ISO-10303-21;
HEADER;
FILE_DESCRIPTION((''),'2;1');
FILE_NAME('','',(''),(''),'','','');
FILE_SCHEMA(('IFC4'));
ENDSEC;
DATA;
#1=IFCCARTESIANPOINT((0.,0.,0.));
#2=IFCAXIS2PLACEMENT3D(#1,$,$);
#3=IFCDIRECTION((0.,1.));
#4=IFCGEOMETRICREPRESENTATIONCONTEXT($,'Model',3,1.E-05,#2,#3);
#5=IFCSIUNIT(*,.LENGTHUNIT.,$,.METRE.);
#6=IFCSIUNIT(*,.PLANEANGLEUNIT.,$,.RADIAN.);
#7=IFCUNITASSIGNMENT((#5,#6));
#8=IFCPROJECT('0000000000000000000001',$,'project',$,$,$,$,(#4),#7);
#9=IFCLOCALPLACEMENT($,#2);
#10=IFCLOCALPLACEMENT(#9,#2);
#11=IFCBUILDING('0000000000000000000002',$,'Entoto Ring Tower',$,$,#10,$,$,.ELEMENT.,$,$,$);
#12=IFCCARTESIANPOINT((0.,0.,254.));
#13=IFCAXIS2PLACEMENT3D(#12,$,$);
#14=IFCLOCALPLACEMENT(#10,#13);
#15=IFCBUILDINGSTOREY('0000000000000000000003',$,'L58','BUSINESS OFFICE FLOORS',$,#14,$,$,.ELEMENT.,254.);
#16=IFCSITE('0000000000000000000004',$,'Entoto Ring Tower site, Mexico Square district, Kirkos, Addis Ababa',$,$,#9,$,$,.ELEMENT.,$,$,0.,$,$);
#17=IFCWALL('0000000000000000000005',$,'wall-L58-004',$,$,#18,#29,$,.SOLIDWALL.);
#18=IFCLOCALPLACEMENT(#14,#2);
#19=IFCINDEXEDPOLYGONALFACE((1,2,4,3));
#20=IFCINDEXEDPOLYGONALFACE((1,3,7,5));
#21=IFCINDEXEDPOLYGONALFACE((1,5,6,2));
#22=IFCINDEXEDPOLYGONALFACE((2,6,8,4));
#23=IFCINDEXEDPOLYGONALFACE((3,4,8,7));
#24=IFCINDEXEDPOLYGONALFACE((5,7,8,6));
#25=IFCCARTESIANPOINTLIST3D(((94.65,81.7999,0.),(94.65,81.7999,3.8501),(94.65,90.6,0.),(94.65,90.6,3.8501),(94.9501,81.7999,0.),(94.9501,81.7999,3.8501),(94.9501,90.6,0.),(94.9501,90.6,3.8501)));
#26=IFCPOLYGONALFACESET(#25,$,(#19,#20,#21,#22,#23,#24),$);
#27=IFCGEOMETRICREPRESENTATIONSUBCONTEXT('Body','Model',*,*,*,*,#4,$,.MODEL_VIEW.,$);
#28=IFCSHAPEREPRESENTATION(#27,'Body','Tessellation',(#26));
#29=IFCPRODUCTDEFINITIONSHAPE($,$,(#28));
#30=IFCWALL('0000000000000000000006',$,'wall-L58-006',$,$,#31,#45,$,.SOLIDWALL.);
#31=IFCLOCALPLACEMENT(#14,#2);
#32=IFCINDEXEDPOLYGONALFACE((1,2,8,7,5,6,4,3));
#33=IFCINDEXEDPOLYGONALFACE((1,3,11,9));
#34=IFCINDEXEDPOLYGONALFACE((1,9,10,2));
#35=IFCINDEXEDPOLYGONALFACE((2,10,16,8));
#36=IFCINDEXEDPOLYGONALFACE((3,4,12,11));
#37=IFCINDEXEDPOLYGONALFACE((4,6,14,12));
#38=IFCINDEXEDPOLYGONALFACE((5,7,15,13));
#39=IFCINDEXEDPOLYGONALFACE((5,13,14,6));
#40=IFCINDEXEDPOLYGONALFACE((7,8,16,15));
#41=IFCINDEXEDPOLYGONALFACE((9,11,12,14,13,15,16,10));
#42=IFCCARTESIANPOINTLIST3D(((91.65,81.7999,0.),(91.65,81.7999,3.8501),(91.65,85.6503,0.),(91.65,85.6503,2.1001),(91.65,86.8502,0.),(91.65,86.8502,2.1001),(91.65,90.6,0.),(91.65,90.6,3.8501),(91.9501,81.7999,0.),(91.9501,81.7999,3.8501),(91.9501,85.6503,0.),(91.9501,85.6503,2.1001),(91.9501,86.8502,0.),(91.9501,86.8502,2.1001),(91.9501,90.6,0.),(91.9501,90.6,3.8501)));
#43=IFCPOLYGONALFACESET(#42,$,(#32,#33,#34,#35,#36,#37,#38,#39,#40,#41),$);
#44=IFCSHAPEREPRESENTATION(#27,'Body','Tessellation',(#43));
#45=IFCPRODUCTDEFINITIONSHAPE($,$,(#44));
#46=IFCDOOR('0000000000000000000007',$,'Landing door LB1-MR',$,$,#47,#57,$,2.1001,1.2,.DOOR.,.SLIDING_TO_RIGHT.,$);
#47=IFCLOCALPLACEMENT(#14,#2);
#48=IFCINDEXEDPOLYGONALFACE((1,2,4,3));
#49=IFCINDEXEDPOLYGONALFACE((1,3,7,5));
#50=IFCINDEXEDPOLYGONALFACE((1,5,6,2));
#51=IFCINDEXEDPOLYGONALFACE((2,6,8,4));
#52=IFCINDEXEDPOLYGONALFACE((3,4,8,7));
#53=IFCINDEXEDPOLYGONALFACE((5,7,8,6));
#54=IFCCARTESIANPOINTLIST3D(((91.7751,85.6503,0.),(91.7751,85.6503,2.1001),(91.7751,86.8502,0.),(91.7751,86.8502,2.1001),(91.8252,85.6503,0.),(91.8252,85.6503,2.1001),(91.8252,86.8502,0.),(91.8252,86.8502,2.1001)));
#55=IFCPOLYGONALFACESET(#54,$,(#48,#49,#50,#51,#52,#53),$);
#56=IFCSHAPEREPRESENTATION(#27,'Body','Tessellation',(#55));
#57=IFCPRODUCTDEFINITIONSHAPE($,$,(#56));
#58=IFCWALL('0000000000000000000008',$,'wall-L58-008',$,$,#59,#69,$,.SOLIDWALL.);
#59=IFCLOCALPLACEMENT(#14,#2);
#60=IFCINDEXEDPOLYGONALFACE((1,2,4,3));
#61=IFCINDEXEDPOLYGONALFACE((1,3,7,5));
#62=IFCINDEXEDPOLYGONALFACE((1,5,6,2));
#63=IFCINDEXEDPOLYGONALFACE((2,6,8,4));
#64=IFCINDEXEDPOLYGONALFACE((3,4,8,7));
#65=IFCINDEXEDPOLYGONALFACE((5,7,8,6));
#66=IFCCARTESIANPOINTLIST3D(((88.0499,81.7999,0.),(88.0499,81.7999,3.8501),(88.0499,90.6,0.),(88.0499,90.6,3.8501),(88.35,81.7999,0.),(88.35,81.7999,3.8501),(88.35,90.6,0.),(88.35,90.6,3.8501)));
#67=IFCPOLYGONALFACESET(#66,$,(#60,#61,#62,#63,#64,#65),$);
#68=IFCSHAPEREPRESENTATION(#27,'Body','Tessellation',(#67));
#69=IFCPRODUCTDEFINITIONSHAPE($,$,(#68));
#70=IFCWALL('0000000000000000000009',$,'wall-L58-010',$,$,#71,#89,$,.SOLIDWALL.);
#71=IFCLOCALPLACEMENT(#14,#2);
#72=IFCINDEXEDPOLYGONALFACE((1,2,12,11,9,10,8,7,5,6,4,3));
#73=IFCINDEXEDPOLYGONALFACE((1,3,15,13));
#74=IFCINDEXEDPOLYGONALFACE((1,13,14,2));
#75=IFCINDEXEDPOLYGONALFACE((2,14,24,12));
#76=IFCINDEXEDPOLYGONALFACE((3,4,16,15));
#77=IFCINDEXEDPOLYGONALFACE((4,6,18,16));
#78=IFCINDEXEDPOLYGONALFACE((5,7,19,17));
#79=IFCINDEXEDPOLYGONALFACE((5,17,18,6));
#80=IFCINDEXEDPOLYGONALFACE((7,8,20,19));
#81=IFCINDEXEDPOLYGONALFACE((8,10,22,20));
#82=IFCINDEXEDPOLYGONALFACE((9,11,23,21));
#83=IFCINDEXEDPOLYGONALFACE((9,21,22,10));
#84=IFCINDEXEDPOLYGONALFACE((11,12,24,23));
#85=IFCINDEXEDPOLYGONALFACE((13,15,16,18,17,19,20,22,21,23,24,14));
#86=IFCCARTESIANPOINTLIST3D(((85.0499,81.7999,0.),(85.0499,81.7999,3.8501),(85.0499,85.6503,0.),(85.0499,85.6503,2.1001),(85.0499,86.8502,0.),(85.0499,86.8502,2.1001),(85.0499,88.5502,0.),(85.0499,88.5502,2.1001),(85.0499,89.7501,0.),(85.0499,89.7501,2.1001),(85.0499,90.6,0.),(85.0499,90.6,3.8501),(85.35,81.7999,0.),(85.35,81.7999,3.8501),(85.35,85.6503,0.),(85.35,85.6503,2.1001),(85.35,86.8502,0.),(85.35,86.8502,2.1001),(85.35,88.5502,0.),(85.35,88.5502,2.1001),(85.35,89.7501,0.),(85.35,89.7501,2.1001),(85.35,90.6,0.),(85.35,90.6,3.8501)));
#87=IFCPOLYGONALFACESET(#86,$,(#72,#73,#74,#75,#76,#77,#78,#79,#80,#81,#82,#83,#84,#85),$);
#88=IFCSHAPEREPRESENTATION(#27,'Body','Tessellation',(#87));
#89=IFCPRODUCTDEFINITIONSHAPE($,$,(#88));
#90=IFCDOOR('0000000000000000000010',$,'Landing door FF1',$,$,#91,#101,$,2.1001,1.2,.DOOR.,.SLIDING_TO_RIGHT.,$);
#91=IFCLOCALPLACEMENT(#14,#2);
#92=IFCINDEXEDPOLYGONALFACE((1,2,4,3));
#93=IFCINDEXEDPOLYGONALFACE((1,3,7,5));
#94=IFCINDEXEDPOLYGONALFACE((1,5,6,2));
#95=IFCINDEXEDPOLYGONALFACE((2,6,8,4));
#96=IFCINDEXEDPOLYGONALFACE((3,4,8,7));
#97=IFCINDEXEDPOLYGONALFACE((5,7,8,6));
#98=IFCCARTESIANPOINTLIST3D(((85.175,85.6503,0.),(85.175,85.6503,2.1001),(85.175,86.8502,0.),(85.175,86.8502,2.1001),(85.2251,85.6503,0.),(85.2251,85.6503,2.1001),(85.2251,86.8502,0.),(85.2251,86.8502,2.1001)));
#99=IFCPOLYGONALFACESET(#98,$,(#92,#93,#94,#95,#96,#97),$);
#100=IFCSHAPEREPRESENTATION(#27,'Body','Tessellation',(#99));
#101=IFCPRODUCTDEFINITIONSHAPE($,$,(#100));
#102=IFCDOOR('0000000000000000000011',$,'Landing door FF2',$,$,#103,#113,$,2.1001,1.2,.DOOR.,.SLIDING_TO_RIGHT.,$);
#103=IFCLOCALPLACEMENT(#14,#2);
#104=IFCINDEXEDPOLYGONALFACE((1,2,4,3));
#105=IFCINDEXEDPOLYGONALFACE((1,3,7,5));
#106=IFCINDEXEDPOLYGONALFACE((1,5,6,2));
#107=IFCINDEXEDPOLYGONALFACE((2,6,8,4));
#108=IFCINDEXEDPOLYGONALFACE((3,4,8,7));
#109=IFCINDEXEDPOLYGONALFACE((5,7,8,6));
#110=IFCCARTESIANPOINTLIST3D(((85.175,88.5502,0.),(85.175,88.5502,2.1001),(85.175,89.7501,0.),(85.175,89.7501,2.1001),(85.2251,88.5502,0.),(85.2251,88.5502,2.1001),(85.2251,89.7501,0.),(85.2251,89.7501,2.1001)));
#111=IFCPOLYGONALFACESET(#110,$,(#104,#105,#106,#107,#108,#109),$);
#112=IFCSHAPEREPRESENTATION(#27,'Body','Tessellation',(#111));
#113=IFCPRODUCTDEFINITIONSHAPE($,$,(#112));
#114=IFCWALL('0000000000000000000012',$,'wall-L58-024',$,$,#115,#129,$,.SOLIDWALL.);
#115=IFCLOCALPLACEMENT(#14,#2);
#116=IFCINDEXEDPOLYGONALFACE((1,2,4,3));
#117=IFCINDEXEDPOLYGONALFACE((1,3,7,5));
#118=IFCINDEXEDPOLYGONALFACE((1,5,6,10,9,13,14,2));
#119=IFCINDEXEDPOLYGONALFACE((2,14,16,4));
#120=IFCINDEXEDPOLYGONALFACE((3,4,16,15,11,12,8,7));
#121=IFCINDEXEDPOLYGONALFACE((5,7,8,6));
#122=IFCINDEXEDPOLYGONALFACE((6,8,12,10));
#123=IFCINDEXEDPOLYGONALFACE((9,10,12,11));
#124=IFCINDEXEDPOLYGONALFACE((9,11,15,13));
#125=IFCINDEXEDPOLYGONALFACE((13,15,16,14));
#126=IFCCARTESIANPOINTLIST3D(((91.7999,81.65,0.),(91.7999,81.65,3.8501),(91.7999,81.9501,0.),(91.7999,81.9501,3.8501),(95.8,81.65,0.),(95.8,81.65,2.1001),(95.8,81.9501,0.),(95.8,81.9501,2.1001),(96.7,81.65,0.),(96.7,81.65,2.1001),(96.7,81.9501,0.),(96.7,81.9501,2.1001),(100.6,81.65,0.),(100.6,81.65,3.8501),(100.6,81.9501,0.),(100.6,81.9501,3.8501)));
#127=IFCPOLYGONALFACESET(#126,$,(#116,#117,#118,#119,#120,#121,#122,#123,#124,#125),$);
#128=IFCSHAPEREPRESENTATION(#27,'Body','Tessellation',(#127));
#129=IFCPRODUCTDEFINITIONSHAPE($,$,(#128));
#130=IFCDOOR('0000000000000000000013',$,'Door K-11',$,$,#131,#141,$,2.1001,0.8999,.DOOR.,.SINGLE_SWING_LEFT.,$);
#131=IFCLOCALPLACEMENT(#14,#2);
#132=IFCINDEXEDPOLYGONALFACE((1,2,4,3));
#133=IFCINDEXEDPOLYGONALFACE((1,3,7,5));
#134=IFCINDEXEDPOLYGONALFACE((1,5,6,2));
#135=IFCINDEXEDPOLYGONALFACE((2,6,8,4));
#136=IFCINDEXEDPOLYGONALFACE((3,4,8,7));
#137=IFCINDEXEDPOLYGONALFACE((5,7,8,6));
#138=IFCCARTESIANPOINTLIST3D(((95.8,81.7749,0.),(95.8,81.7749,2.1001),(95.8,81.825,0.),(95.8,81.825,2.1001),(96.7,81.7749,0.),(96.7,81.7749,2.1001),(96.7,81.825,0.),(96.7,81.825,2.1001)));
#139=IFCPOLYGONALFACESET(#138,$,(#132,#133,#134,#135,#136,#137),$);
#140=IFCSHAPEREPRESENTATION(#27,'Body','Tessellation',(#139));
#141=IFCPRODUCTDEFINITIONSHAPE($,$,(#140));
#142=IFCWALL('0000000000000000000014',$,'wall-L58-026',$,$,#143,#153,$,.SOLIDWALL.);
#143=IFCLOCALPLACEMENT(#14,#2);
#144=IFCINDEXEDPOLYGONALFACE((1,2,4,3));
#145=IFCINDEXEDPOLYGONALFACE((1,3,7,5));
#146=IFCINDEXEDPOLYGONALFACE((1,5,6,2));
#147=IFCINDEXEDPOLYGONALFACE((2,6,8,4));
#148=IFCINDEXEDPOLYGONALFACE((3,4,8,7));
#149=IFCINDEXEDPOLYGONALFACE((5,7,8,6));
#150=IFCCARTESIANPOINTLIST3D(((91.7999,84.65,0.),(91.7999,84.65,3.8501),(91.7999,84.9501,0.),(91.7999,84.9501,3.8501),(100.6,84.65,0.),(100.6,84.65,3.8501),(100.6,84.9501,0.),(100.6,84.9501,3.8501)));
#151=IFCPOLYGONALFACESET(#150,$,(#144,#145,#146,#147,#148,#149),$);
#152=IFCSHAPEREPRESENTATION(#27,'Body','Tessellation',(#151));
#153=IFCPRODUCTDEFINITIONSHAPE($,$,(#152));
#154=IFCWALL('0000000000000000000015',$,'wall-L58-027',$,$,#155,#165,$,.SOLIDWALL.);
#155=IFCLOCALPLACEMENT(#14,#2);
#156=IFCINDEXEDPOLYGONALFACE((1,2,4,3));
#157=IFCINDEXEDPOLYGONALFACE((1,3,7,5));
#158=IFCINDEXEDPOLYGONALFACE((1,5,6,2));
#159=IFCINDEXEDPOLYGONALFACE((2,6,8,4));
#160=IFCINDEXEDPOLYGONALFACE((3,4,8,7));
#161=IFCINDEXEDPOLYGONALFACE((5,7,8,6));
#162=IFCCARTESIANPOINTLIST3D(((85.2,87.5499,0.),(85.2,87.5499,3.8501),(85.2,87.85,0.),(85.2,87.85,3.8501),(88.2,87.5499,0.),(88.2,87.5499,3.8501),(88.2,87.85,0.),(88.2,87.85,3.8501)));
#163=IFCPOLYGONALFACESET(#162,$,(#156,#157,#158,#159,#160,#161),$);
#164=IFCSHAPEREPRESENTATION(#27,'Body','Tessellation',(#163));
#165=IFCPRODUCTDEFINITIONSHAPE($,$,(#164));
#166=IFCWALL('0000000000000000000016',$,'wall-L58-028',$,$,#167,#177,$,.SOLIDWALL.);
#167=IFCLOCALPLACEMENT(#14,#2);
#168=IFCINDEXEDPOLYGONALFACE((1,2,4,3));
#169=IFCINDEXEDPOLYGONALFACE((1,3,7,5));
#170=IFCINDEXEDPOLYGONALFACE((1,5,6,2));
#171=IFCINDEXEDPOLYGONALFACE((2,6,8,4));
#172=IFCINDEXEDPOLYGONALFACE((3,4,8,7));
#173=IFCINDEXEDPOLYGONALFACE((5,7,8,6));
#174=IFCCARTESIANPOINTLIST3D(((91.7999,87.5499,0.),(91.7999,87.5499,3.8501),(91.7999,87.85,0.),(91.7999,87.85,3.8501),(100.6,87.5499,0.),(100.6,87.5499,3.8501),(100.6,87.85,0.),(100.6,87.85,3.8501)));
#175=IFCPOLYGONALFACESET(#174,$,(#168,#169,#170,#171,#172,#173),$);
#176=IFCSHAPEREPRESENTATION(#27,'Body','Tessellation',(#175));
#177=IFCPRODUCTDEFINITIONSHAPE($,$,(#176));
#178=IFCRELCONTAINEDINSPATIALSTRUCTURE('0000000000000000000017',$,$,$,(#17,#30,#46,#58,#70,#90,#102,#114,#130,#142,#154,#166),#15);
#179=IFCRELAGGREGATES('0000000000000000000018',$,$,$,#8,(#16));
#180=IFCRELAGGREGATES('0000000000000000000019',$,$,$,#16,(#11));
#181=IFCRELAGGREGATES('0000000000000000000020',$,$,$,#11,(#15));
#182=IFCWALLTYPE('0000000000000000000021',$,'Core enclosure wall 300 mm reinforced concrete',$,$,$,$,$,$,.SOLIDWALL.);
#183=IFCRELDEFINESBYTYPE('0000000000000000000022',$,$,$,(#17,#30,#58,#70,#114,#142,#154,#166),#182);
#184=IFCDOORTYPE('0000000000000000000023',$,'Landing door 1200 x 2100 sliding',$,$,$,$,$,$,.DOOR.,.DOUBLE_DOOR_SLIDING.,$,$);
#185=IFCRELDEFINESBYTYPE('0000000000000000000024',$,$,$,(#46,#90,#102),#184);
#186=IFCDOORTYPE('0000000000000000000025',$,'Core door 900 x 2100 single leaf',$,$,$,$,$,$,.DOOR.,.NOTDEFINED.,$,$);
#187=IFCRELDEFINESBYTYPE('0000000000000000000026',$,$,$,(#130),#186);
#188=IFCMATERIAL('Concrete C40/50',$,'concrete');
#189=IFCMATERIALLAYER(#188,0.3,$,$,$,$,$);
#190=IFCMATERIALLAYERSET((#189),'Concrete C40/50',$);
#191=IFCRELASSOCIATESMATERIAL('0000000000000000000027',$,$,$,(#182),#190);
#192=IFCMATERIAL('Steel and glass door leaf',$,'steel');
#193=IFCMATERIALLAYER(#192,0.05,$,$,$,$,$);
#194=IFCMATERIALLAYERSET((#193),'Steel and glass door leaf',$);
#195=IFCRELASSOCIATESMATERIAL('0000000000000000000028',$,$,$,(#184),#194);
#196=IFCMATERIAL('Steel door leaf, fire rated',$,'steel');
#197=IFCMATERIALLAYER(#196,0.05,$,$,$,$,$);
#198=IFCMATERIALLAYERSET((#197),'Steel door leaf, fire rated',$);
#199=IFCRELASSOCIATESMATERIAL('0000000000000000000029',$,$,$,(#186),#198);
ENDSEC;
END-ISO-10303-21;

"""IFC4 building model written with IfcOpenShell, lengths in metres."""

from ifc_helpers import new_model, si_unit, direction, frame, frame_2d, origin, place, context, subcontext, project, spatial, rectangle, extrude, material, layer, layer_set, type_object, element, fill, save


model = new_model("IFC4")

# Units and contexts
model_context = context("Model", 3, precision=1e-05, world=origin(), true_north=direction((0.0, 1.0)))
body_context = subcontext(model_context, "Body", "Model", "MODEL_VIEW")
ifc_project = project(units=[si_unit("LENGTHUNIT", "METRE"), si_unit("PLANEANGLEUNIT", "RADIAN")], contexts=[model_context])

# Site, building, storey
site_placement = place(None, origin())
site = spatial("IfcSite", under=ifc_project, at=site_placement, Name="Entoto Ring Tower site, Mexico Square district, Kirkos, Addis Ababa", CompositionType="ELEMENT", RefElevation=0.0)
building_placement = place(site_placement, origin())
building = spatial("IfcBuilding", under=site, at=building_placement, Name="Entoto Ring Tower", CompositionType="ELEMENT")
storey_placement = place(building_placement, frame((0.0, 0.0, 254.0)))
storey = spatial("IfcBuildingStorey", under=building, at=storey_placement, Name="L58", Description="BUSINESS OFFICE FLOORS", CompositionType="ELEMENT", Elevation=254.0)

# Wall
ifc_material_1 = material(Name="Concrete C40/50", Category="concrete")
ifc_layer_1 = layer(ifc_material_1, 0.3)
ifc_layer_set_1 = layer_set([ifc_layer_1], Name="Concrete C40/50")
wall_type_1 = type_object("IfcWallType", Name="Core enclosure wall 300 mm reinforced concrete", PredefinedType="SOLIDWALL", material=ifc_layer_set_1)
wall_1_placement = place(storey_placement, frame((94.8, 81.8, 0.0), z_axis=(0.0, 0.0, 1.0), x_axis=(0.0, 1.0, 0.0)))
element("IfcWall", 1, at=wall_1_placement, inside=storey, type_object=wall_type_1, Name="wall-L58-004", PredefinedType="SOLIDWALL", context=body_context, shape_type="SweptSolid", body=[
    extrude(rectangle(XDim=8.8, YDim=0.3, at=frame_2d((4.3999, 0.0))), origin(), (0.0, 0.0, 1.0), 3.8501),
])

# Wall, opening, door
wall_2_placement = place(storey_placement, frame((91.8, 81.8, 0.0), z_axis=(0.0, 0.0, 1.0), x_axis=(0.0, 1.0, 0.0)))
wall_2 = element("IfcWall", 2, at=wall_2_placement, inside=storey, type_object=wall_type_1, Name="wall-L58-006", PredefinedType="SOLIDWALL", context=body_context, shape_type="SweptSolid", body=[
    extrude(rectangle(XDim=8.8, YDim=0.3, at=frame_2d((4.3999, 0.0))), origin(), (0.0, 0.0, 1.0), 3.8501),
])
opening_1_placement = place(wall_2_placement, frame((3.8501, 0.0, 0.0)))
opening_1 = element("IfcOpeningElement", 3, at=opening_1_placement, cuts=wall_2, PredefinedType="OPENING", context=body_context, shape_type="SweptSolid", body=[
    extrude(rectangle(XDim=1.2, YDim=2.1001, at=frame_2d((0.6001, 1.05))), frame((0.0, 0.1602, 0.0), z_axis=(0.0, -1.0, 0.0), x_axis=(1.0, 0.0, 0.0)), (0.0, 0.0, 1.0), 0.3201),
])
ifc_material_2 = material(Name="Steel and glass door leaf", Category="steel")
ifc_layer_2 = layer(ifc_material_2, 0.05)
ifc_layer_set_2 = layer_set([ifc_layer_2], Name="Steel and glass door leaf")
door_type_1 = type_object("IfcDoorType", Name="Landing door 1200 x 2100 sliding", OperationType="DOUBLE_DOOR_SLIDING", PredefinedType="DOOR", material=ifc_layer_set_2)
door_1_placement = place(opening_1_placement, origin())
door_1 = element("IfcDoor", 4, at=door_1_placement, inside=storey, type_object=door_type_1, Name="Landing door LB1-MR", OperationType="SLIDING_TO_RIGHT", OverallHeight=2.1001, OverallWidth=1.2, PredefinedType="DOOR", context=body_context, shape_type="SweptSolid", body=[
    extrude(rectangle(XDim=1.2, YDim=2.1001, at=frame_2d((0.6001, 1.05))), frame((0.0, 0.0249, 0.0), z_axis=(0.0, -1.0, 0.0), x_axis=(1.0, 0.0, 0.0)), (0.0, 0.0, 1.0), 0.05),
])
fill(opening_1, door_1)

# Wall
wall_3_placement = place(storey_placement, frame((88.2, 81.8, 0.0), z_axis=(0.0, 0.0, 1.0), x_axis=(0.0, 1.0, 0.0)))
element("IfcWall", 5, at=wall_3_placement, inside=storey, type_object=wall_type_1, Name="wall-L58-008", PredefinedType="SOLIDWALL", context=body_context, shape_type="SweptSolid", body=[
    extrude(rectangle(XDim=8.8, YDim=0.3, at=frame_2d((4.3999, 0.0))), origin(), (0.0, 0.0, 1.0), 3.8501),
])

# Wall, openings, doors
wall_4_placement = place(storey_placement, frame((85.2, 81.8, 0.0), z_axis=(0.0, 0.0, 1.0), x_axis=(0.0, 1.0, 0.0)))
wall_4 = element("IfcWall", 6, at=wall_4_placement, inside=storey, type_object=wall_type_1, Name="wall-L58-010", PredefinedType="SOLIDWALL", context=body_context, shape_type="SweptSolid", body=[
    extrude(rectangle(XDim=8.8, YDim=0.3, at=frame_2d((4.3999, 0.0))), origin(), (0.0, 0.0, 1.0), 3.8501),
])
opening_2_placement = place(wall_4_placement, frame((3.8501, 0.0, 0.0)))
opening_2 = element("IfcOpeningElement", 7, at=opening_2_placement, cuts=wall_4, PredefinedType="OPENING", context=body_context, shape_type="SweptSolid", body=[
    extrude(rectangle(XDim=1.2, YDim=2.1001, at=frame_2d((0.6001, 1.05))), frame((0.0, 0.1602, 0.0), z_axis=(0.0, -1.0, 0.0), x_axis=(1.0, 0.0, 0.0)), (0.0, 0.0, 1.0), 0.3201),
])
opening_3_placement = place(wall_4_placement, frame((6.75, 0.0, 0.0)))
opening_3 = element("IfcOpeningElement", 8, at=opening_3_placement, cuts=wall_4, PredefinedType="OPENING", context=body_context, shape_type="SweptSolid", body=[
    extrude(rectangle(XDim=1.2, YDim=2.1001, at=frame_2d((0.6001, 1.05))), frame((0.0, 0.1602, 0.0), z_axis=(0.0, -1.0, 0.0), x_axis=(1.0, 0.0, 0.0)), (0.0, 0.0, 1.0), 0.3201),
])
door_2_placement = place(opening_2_placement, origin())
door_2 = element("IfcDoor", 9, at=door_2_placement, inside=storey, type_object=door_type_1, Name="Landing door FF1", OperationType="SLIDING_TO_RIGHT", OverallHeight=2.1001, OverallWidth=1.2, PredefinedType="DOOR", context=body_context, shape_type="SweptSolid", body=[
    extrude(rectangle(XDim=1.2, YDim=2.1001, at=frame_2d((0.6001, 1.05))), frame((0.0, 0.0249, 0.0), z_axis=(0.0, -1.0, 0.0), x_axis=(1.0, 0.0, 0.0)), (0.0, 0.0, 1.0), 0.05),
])
fill(opening_2, door_2)
door_3_placement = place(opening_3_placement, origin())
door_3 = element("IfcDoor", 10, at=door_3_placement, inside=storey, type_object=door_type_1, Name="Landing door FF2", OperationType="SLIDING_TO_RIGHT", OverallHeight=2.1001, OverallWidth=1.2, PredefinedType="DOOR", context=body_context, shape_type="SweptSolid", body=[
    extrude(rectangle(XDim=1.2, YDim=2.1001, at=frame_2d((0.6001, 1.05))), frame((0.0, 0.0249, 0.0), z_axis=(0.0, -1.0, 0.0), x_axis=(1.0, 0.0, 0.0)), (0.0, 0.0, 1.0), 0.05),
])
fill(opening_3, door_3)

# Wall, opening, door
wall_5_placement = place(storey_placement, frame((91.8, 81.8, 0.0), z_axis=(0.0, 0.0, 1.0), x_axis=(1.0, 0.0, 0.0)))
wall_5 = element("IfcWall", 11, at=wall_5_placement, inside=storey, type_object=wall_type_1, Name="wall-L58-024", PredefinedType="SOLIDWALL", context=body_context, shape_type="SweptSolid", body=[
    extrude(rectangle(XDim=8.8, YDim=0.3, at=frame_2d((4.3999, 0.0))), origin(), (0.0, 0.0, 1.0), 3.8501),
])
opening_4_placement = place(wall_5_placement, frame((4.0, 0.0, 0.0)))
opening_4 = element("IfcOpeningElement", 12, at=opening_4_placement, cuts=wall_5, PredefinedType="OPENING", context=body_context, shape_type="SweptSolid", body=[
    extrude(rectangle(XDim=0.8999, YDim=2.1001, at=frame_2d((0.45, 1.05))), frame((0.0, 0.1602, 0.0), z_axis=(0.0, -1.0, 0.0), x_axis=(1.0, 0.0, 0.0)), (0.0, 0.0, 1.0), 0.3201),
])
ifc_material_3 = material(Name="Steel door leaf, fire rated", Category="steel")
ifc_layer_3 = layer(ifc_material_3, 0.05)
ifc_layer_set_3 = layer_set([ifc_layer_3], Name="Steel door leaf, fire rated")
door_type_2 = type_object("IfcDoorType", Name="Core door 900 x 2100 single leaf", OperationType="NOTDEFINED", PredefinedType="DOOR", material=ifc_layer_set_3)
door_4_placement = place(opening_4_placement, origin())
door_4 = element("IfcDoor", 13, at=door_4_placement, inside=storey, type_object=door_type_2, Name="Door K-11", OperationType="SINGLE_SWING_LEFT", OverallHeight=2.1001, OverallWidth=0.8999, PredefinedType="DOOR", context=body_context, shape_type="SweptSolid", body=[
    extrude(rectangle(XDim=0.8999, YDim=2.1001, at=frame_2d((0.45, 1.05))), frame((0.0, 0.0249, 0.0), z_axis=(0.0, -1.0, 0.0), x_axis=(1.0, 0.0, 0.0)), (0.0, 0.0, 1.0), 0.05),
])
fill(opening_4, door_4)

# Walls
wall_6_placement = place(storey_placement, frame((91.8, 84.8, 0.0), z_axis=(0.0, 0.0, 1.0), x_axis=(1.0, 0.0, 0.0)))
element("IfcWall", 14, at=wall_6_placement, inside=storey, type_object=wall_type_1, Name="wall-L58-026", PredefinedType="SOLIDWALL", context=body_context, shape_type="SweptSolid", body=[
    extrude(rectangle(XDim=8.8, YDim=0.3, at=frame_2d((4.3999, 0.0))), origin(), (0.0, 0.0, 1.0), 3.8501),
])
wall_7_placement = place(storey_placement, frame((85.2, 87.7, 0.0), z_axis=(0.0, 0.0, 1.0), x_axis=(1.0, 0.0, 0.0)))
element("IfcWall", 15, at=wall_7_placement, inside=storey, type_object=wall_type_1, Name="wall-L58-027", PredefinedType="SOLIDWALL", context=body_context, shape_type="SweptSolid", body=[
    extrude(rectangle(XDim=3.0, YDim=0.3, at=frame_2d((1.5, 0.0))), origin(), (0.0, 0.0, 1.0), 3.8501),
])
wall_8_placement = place(storey_placement, frame((91.8, 87.7, 0.0), z_axis=(0.0, 0.0, 1.0), x_axis=(1.0, 0.0, 0.0)))
element("IfcWall", 16, at=wall_8_placement, inside=storey, type_object=wall_type_1, Name="wall-L58-028", PredefinedType="SOLIDWALL", context=body_context, shape_type="SweptSolid", body=[
    extrude(rectangle(XDim=8.8, YDim=0.3, at=frame_2d((4.3999, 0.0))), origin(), (0.0, 0.0, 1.0), 3.8501),
])

save(model, "model.ifc")
